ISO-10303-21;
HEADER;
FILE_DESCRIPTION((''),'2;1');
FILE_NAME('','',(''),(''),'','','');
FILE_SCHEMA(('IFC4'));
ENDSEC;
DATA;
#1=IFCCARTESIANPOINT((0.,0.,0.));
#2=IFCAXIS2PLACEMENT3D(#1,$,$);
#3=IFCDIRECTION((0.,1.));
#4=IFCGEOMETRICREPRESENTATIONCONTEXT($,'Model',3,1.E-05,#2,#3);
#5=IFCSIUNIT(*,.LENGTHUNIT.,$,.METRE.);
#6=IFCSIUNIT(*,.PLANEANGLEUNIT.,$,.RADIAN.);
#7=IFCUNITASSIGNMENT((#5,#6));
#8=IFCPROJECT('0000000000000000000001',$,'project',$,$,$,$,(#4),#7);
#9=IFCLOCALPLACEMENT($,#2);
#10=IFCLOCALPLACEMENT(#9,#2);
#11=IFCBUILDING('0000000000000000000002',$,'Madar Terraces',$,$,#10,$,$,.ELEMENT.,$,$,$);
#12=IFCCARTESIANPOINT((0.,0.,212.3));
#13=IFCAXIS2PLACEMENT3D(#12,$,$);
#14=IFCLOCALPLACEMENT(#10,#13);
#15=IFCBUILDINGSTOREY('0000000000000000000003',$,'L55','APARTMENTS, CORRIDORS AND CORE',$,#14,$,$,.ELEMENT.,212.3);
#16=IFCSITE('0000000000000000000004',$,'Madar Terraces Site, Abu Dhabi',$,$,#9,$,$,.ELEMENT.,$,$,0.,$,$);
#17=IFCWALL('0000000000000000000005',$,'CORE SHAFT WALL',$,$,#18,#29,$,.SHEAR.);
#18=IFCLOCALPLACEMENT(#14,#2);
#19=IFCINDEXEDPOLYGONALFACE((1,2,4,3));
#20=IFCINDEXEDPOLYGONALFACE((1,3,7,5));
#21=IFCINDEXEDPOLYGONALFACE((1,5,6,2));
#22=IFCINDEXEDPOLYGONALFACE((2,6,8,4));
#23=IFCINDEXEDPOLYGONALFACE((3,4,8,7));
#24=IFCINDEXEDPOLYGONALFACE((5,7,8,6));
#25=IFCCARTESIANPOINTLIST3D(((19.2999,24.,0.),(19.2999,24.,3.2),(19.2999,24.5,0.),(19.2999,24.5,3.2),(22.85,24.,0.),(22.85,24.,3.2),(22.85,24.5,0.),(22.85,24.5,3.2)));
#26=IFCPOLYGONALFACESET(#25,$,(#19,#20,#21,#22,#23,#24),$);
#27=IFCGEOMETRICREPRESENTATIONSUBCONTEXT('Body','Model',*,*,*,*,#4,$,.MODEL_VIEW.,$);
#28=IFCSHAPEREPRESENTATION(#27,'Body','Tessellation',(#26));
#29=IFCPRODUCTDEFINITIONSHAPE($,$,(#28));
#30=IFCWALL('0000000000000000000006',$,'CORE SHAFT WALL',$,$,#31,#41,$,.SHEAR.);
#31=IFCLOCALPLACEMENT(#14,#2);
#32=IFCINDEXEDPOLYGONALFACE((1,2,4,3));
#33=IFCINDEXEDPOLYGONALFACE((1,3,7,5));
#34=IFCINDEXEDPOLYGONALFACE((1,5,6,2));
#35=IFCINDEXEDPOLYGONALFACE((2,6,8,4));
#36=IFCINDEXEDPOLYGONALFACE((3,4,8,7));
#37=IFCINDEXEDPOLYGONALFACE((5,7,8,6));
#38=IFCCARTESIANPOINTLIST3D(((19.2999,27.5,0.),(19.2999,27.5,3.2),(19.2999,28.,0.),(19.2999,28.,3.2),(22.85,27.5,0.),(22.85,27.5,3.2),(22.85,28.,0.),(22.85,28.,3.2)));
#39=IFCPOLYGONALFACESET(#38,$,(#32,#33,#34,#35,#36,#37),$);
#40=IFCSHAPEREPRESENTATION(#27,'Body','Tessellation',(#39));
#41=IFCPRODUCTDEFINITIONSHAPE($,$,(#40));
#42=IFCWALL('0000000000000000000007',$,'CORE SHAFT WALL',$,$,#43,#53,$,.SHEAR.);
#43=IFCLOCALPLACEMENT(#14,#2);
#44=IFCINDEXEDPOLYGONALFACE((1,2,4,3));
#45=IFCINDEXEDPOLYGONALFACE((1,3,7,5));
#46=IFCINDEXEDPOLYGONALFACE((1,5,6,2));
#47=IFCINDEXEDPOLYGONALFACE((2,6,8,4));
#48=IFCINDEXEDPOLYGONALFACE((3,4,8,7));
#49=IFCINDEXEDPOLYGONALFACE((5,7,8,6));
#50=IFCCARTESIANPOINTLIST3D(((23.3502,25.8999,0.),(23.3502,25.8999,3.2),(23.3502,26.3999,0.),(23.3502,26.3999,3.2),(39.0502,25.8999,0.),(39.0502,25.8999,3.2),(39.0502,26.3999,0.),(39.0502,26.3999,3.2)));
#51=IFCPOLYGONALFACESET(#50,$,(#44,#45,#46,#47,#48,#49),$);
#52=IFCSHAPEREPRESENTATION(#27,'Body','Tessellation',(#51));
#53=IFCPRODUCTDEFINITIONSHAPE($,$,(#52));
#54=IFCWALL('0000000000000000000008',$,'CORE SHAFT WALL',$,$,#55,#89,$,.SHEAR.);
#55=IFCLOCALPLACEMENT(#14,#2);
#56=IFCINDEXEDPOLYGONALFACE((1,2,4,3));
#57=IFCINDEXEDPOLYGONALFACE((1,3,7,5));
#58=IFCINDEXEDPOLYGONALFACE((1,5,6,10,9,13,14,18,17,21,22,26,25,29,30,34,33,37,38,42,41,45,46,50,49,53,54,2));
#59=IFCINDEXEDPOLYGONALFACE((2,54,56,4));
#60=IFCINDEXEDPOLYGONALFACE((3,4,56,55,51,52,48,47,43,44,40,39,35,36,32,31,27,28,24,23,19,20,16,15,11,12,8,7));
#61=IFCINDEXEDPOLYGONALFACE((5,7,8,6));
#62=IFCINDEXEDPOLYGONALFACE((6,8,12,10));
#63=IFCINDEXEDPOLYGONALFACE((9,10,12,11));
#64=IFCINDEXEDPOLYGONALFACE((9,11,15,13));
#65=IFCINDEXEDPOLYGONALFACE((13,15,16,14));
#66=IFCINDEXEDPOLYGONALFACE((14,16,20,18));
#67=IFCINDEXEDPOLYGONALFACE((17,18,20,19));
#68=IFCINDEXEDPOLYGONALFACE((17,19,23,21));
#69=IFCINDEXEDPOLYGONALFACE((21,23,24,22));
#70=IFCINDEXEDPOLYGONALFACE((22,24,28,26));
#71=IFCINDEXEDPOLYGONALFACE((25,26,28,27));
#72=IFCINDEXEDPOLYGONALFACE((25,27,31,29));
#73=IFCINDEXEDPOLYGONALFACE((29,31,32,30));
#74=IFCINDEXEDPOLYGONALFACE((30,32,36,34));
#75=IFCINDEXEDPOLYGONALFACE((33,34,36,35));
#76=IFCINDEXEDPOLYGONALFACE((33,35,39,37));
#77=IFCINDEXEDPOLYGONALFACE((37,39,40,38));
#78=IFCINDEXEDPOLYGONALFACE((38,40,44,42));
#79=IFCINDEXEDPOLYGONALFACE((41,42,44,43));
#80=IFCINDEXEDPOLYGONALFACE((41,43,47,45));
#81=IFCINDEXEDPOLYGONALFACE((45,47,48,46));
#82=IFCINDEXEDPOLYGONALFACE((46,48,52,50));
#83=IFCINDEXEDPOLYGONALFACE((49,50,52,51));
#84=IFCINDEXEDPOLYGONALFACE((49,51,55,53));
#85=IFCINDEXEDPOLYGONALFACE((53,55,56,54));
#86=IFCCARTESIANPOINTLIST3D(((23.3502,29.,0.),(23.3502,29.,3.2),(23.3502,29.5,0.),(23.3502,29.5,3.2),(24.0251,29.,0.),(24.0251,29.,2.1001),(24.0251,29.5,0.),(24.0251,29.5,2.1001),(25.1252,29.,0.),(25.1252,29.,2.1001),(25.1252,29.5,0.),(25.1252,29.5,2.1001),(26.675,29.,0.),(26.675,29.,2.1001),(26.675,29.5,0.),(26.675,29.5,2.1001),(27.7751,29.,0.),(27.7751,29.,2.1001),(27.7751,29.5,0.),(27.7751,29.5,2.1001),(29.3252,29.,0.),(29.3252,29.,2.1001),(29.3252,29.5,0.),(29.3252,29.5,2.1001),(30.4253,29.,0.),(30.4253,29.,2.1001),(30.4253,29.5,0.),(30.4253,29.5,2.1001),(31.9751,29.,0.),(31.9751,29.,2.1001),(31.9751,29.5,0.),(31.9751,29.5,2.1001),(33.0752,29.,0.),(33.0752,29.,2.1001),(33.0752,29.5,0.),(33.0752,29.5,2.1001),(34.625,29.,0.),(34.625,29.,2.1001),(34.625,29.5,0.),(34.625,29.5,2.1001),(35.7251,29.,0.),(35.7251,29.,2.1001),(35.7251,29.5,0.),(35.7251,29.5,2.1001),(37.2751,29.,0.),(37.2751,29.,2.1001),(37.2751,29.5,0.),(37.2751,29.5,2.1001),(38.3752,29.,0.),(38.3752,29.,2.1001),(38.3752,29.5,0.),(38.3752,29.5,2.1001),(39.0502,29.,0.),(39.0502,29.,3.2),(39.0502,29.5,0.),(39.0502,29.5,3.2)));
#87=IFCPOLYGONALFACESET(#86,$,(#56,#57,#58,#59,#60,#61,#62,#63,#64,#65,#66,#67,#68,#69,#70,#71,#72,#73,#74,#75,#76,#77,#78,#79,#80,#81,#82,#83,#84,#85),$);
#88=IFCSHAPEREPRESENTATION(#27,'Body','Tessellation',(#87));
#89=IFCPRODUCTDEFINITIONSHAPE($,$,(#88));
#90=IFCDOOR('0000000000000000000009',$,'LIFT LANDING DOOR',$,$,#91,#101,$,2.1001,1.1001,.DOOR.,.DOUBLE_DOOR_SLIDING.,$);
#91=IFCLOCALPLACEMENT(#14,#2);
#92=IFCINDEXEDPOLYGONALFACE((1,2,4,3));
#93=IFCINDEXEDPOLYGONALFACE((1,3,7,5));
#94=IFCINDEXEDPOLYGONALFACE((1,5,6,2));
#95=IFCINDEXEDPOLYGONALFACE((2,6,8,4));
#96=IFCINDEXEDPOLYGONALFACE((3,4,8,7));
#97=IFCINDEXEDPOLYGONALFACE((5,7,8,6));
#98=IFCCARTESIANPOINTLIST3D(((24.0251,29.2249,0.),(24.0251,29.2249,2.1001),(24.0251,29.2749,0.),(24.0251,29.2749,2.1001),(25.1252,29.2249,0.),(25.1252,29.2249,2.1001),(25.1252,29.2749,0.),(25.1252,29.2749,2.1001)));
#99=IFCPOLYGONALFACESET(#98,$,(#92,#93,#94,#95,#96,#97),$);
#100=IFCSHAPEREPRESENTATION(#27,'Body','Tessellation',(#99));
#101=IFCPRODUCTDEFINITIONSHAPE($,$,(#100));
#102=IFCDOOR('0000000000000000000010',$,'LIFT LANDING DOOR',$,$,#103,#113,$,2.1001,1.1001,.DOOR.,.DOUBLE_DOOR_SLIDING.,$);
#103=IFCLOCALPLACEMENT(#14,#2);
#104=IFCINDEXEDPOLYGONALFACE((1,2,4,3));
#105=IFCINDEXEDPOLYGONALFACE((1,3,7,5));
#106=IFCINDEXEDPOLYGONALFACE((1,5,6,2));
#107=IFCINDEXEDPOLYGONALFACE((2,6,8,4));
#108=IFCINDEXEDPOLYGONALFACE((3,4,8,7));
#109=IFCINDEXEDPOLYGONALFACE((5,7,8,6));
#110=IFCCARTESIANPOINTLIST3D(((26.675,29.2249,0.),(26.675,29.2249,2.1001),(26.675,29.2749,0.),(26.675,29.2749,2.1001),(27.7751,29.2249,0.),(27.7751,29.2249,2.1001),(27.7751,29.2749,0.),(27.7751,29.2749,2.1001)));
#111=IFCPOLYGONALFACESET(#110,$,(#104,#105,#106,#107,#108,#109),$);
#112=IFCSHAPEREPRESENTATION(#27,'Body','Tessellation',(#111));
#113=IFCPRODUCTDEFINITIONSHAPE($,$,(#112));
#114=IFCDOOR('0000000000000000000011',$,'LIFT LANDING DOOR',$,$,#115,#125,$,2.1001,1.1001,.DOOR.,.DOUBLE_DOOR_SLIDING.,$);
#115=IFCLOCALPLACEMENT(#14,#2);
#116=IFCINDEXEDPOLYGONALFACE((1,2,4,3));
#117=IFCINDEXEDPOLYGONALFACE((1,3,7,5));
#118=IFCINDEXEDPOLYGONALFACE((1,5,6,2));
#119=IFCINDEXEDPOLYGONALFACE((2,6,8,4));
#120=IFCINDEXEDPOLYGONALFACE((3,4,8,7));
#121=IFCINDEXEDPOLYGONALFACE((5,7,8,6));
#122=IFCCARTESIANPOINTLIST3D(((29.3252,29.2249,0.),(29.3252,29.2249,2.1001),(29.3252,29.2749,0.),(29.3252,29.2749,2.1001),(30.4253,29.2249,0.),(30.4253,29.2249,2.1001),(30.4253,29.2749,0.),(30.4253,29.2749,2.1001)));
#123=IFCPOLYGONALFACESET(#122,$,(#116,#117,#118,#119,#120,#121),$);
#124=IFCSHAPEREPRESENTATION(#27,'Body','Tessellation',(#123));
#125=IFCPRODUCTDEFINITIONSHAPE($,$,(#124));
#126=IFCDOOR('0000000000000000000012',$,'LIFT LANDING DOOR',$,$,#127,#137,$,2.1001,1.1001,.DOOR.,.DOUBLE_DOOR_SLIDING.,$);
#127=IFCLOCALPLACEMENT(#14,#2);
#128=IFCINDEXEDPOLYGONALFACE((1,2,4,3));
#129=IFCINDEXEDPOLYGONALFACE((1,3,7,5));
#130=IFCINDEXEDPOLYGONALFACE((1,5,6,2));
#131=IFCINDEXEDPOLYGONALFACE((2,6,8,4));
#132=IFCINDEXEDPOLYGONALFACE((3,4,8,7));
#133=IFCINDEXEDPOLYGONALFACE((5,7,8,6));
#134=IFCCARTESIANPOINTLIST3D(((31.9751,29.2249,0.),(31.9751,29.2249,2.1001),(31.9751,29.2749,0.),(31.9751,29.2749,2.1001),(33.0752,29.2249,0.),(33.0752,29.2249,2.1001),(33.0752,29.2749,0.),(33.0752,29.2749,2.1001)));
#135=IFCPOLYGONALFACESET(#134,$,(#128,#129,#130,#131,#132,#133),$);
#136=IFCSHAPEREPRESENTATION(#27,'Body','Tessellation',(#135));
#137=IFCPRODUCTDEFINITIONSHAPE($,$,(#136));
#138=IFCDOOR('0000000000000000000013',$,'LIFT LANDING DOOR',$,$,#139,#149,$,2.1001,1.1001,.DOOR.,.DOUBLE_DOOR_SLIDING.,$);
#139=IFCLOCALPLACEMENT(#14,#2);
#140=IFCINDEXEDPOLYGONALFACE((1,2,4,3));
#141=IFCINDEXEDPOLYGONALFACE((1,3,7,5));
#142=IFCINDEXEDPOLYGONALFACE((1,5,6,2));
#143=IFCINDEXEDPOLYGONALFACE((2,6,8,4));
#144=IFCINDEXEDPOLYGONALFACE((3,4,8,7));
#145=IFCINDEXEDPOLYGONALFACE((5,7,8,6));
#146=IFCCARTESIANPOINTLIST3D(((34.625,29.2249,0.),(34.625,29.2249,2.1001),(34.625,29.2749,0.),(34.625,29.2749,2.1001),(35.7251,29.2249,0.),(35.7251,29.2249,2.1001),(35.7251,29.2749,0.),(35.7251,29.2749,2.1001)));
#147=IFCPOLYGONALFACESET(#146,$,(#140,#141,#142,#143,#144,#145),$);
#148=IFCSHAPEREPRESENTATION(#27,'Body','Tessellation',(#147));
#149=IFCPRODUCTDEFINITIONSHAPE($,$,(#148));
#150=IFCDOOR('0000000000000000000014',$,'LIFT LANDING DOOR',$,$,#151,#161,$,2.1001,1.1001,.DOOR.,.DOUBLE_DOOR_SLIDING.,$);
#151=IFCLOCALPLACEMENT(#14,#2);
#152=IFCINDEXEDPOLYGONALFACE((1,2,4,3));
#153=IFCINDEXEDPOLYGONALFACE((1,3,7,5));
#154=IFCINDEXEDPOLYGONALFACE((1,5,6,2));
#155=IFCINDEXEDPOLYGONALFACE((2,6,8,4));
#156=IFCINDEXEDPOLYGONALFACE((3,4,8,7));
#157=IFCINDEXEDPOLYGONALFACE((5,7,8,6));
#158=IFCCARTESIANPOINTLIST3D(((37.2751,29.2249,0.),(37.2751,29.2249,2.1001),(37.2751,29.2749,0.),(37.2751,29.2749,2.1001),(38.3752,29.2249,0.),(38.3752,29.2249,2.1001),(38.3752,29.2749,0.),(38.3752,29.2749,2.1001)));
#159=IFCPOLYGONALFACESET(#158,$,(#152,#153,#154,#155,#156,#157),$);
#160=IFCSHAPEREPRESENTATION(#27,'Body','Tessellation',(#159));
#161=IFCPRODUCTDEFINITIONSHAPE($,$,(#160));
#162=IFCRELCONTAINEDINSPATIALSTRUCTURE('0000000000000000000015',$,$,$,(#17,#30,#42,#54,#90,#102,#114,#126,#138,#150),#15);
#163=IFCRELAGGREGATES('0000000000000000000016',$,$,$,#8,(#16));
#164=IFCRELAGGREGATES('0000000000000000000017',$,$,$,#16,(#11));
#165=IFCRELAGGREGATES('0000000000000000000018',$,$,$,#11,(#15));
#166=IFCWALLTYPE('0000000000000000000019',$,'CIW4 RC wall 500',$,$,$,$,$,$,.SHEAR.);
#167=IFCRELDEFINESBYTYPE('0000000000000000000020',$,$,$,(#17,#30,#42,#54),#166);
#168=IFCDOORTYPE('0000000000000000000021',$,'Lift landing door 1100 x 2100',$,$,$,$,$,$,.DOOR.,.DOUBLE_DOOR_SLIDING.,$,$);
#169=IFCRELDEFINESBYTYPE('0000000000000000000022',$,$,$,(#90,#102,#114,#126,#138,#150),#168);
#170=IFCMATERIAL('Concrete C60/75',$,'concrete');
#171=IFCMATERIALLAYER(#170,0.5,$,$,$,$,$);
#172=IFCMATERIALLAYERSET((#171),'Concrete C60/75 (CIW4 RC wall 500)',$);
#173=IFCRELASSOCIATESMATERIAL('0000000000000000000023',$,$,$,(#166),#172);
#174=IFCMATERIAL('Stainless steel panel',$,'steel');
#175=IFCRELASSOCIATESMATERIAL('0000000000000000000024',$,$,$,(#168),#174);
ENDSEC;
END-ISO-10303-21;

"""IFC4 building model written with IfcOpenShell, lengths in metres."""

from ifc_helpers import new_model, si_unit, direction, frame, frame_2d, origin, place, context, subcontext, project, spatial, rectangle, extrude, material, layer, layer_set, type_object, element, fill, save


model = new_model("IFC4")

# Units and contexts
model_context = context("Model", 3, precision=1e-05, world=origin(), true_north=direction((0.0, 1.0)))
body_context = subcontext(model_context, "Body", "Model", "MODEL_VIEW")
ifc_project = project(units=[si_unit("LENGTHUNIT", "METRE"), si_unit("PLANEANGLEUNIT", "RADIAN")], contexts=[model_context])

# Site, building, storey
site_placement = place(None, origin())
site = spatial("IfcSite", under=ifc_project, at=site_placement, Name="Madar Terraces Site, Abu Dhabi", CompositionType="ELEMENT", RefElevation=0.0)
building_placement = place(site_placement, origin())
building = spatial("IfcBuilding", under=site, at=building_placement, Name="Madar Terraces", CompositionType="ELEMENT")
storey_placement = place(building_placement, frame((0.0, 0.0, 212.3)))
storey = spatial("IfcBuildingStorey", under=building, at=storey_placement, Name="L55", Description="APARTMENTS, CORRIDORS AND CORE", CompositionType="ELEMENT", Elevation=212.3)

# Walls
ifc_material_1 = material(Name="Concrete C60/75", Category="concrete")
ifc_layer_1 = layer(ifc_material_1, 0.5)
ifc_layer_set_1 = layer_set([ifc_layer_1], Name="Concrete C60/75 (CIW4 RC wall 500)")
wall_type_1 = type_object("IfcWallType", Name="CIW4 RC wall 500", PredefinedType="SHEAR", material=ifc_layer_set_1)
for number, where, z_axis, x_axis, name in (
    (1, (19.3, 24.25, 0.0), (0.0, 0.0, 1.0), (1.0, 0.0, 0.0), "CORE SHAFT WALL"),
    (2, (19.3, 27.75, 0.0), (0.0, 0.0, 1.0), (1.0, 0.0, 0.0), "CORE SHAFT WALL"),
):
    element("IfcWall", number, at=place(storey_placement, frame(where, z_axis=z_axis, x_axis=x_axis)), inside=storey, type_object=wall_type_1, Name=name, PredefinedType="SHEAR", context=body_context, shape_type="SweptSolid", body=[
        extrude(rectangle(XDim=3.55, YDim=0.5, at=frame_2d((1.7749, 0.0))), origin(), (0.0, 0.0, 1.0), 3.2),
    ])
wall_1_placement = place(storey_placement, frame((23.3501, 26.1499, 0.0), z_axis=(0.0, 0.0, 1.0), x_axis=(1.0, 0.0, 0.0)))
element("IfcWall", 3, at=wall_1_placement, inside=storey, type_object=wall_type_1, Name="CORE SHAFT WALL", PredefinedType="SHEAR", context=body_context, shape_type="SweptSolid", body=[
    extrude(rectangle(XDim=15.7, YDim=0.5, at=frame_2d((7.8501, 0.0))), origin(), (0.0, 0.0, 1.0), 3.2),
])

# Wall, openings, doors
wall_2_placement = place(storey_placement, frame((23.3501, 29.25, 0.0), z_axis=(0.0, 0.0, 1.0), x_axis=(1.0, 0.0, 0.0)))
wall_2 = element("IfcWall", 4, at=wall_2_placement, inside=storey, type_object=wall_type_1, Name="CORE SHAFT WALL", PredefinedType="SHEAR", context=body_context, shape_type="SweptSolid", body=[
    extrude(rectangle(XDim=15.7, YDim=0.5, at=frame_2d((7.8501, 0.0))), origin(), (0.0, 0.0, 1.0), 3.2),
])
opening_1_placement = place(wall_2_placement, frame((0.675, 0.0, 0.0)))
opening_1 = element("IfcOpeningElement", 5, at=opening_1_placement, cuts=wall_2, PredefinedType="OPENING", context=body_context, shape_type="SweptSolid", body=[
    extrude(rectangle(XDim=1.1001, YDim=2.1001, at=frame_2d((0.55, 1.05))), frame((0.0, 0.26, 0.0), z_axis=(0.0, -1.0, 0.0), x_axis=(1.0, 0.0, 0.0)), (0.0, 0.0, 1.0), 0.52),
])
opening_2_placement = place(wall_2_placement, frame((3.325, 0.0, 0.0)))
opening_2 = element("IfcOpeningElement", 6, at=opening_2_placement, cuts=wall_2, PredefinedType="OPENING", context=body_context, shape_type="SweptSolid", body=[
    extrude(rectangle(XDim=1.1001, YDim=2.1001, at=frame_2d((0.55, 1.05))), frame((0.0, 0.26, 0.0), z_axis=(0.0, -1.0, 0.0), x_axis=(1.0, 0.0, 0.0)), (0.0, 0.0, 1.0), 0.52),
])
opening_3_placement = place(wall_2_placement, frame((5.9751, 0.0, 0.0)))
opening_3 = element("IfcOpeningElement", 7, at=opening_3_placement, cuts=wall_2, PredefinedType="OPENING", context=body_context, shape_type="SweptSolid", body=[
    extrude(rectangle(XDim=1.1001, YDim=2.1001, at=frame_2d((0.55, 1.05))), frame((0.0, 0.26, 0.0), z_axis=(0.0, -1.0, 0.0), x_axis=(1.0, 0.0, 0.0)), (0.0, 0.0, 1.0), 0.52),
])
opening_4_placement = place(wall_2_placement, frame((8.625, 0.0, 0.0)))
opening_4 = element("IfcOpeningElement", 8, at=opening_4_placement, cuts=wall_2, PredefinedType="OPENING", context=body_context, shape_type="SweptSolid", body=[
    extrude(rectangle(XDim=1.1001, YDim=2.1001, at=frame_2d((0.55, 1.05))), frame((0.0, 0.26, 0.0), z_axis=(0.0, -1.0, 0.0), x_axis=(1.0, 0.0, 0.0)), (0.0, 0.0, 1.0), 0.52),
])
opening_5_placement = place(wall_2_placement, frame((11.2749, 0.0, 0.0)))
opening_5 = element("IfcOpeningElement", 9, at=opening_5_placement, cuts=wall_2, PredefinedType="OPENING", context=body_context, shape_type="SweptSolid", body=[
    extrude(rectangle(XDim=1.1001, YDim=2.1001, at=frame_2d((0.55, 1.05))), frame((0.0, 0.26, 0.0), z_axis=(0.0, -1.0, 0.0), x_axis=(1.0, 0.0, 0.0)), (0.0, 0.0, 1.0), 0.52),
])
opening_6_placement = place(wall_2_placement, frame((13.925, 0.0, 0.0)))
opening_6 = element("IfcOpeningElement", 10, at=opening_6_placement, cuts=wall_2, PredefinedType="OPENING", context=body_context, shape_type="SweptSolid", body=[
    extrude(rectangle(XDim=1.1001, YDim=2.1001, at=frame_2d((0.55, 1.05))), frame((0.0, 0.26, 0.0), z_axis=(0.0, -1.0, 0.0), x_axis=(1.0, 0.0, 0.0)), (0.0, 0.0, 1.0), 0.52),
])
ifc_material_2 = material(Name="Stainless steel panel", Category="steel")
door_type_1 = type_object("IfcDoorType", Name="Lift landing door 1100 x 2100", OperationType="DOUBLE_DOOR_SLIDING", PredefinedType="DOOR", material=ifc_material_2)
door_1_placement = place(opening_1_placement, origin())
door_1 = element("IfcDoor", 11, at=door_1_placement, inside=storey, type_object=door_type_1, Name="LIFT LANDING DOOR", OperationType="DOUBLE_DOOR_SLIDING", OverallHeight=2.1001, OverallWidth=1.1001, PredefinedType="DOOR", context=body_context, shape_type="SweptSolid", body=[
    extrude(rectangle(XDim=1.1001, YDim=2.1001, at=frame_2d((0.55, 1.05))), frame((0.0, 0.0249, 0.0), z_axis=(0.0, -1.0, 0.0), x_axis=(1.0, 0.0, 0.0)), (0.0, 0.0, 1.0), 0.05),
])
fill(opening_1, door_1)
door_2_placement = place(opening_2_placement, origin())
door_2 = element("IfcDoor", 12, at=door_2_placement, inside=storey, type_object=door_type_1, Name="LIFT LANDING DOOR", OperationType="DOUBLE_DOOR_SLIDING", OverallHeight=2.1001, OverallWidth=1.1001, PredefinedType="DOOR", context=body_context, shape_type="SweptSolid", body=[
    extrude(rectangle(XDim=1.1001, YDim=2.1001, at=frame_2d((0.55, 1.05))), frame((0.0, 0.0249, 0.0), z_axis=(0.0, -1.0, 0.0), x_axis=(1.0, 0.0, 0.0)), (0.0, 0.0, 1.0), 0.05),
])
fill(opening_2, door_2)
door_3_placement = place(opening_3_placement, origin())
door_3 = element("IfcDoor", 13, at=door_3_placement, inside=storey, type_object=door_type_1, Name="LIFT LANDING DOOR", OperationType="DOUBLE_DOOR_SLIDING", OverallHeight=2.1001, OverallWidth=1.1001, PredefinedType="DOOR", context=body_context, shape_type="SweptSolid", body=[
    extrude(rectangle(XDim=1.1001, YDim=2.1001, at=frame_2d((0.55, 1.05))), frame((0.0, 0.0249, 0.0), z_axis=(0.0, -1.0, 0.0), x_axis=(1.0, 0.0, 0.0)), (0.0, 0.0, 1.0), 0.05),
])
fill(opening_3, door_3)
door_4_placement = place(opening_4_placement, origin())
door_4 = element("IfcDoor", 14, at=door_4_placement, inside=storey, type_object=door_type_1, Name="LIFT LANDING DOOR", OperationType="DOUBLE_DOOR_SLIDING", OverallHeight=2.1001, OverallWidth=1.1001, PredefinedType="DOOR", context=body_context, shape_type="SweptSolid", body=[
    extrude(rectangle(XDim=1.1001, YDim=2.1001, at=frame_2d((0.55, 1.05))), frame((0.0, 0.0249, 0.0), z_axis=(0.0, -1.0, 0.0), x_axis=(1.0, 0.0, 0.0)), (0.0, 0.0, 1.0), 0.05),
])
fill(opening_4, door_4)
door_5_placement = place(opening_5_placement, origin())
door_5 = element("IfcDoor", 15, at=door_5_placement, inside=storey, type_object=door_type_1, Name="LIFT LANDING DOOR", OperationType="DOUBLE_DOOR_SLIDING", OverallHeight=2.1001, OverallWidth=1.1001, PredefinedType="DOOR", context=body_context, shape_type="SweptSolid", body=[
    extrude(rectangle(XDim=1.1001, YDim=2.1001, at=frame_2d((0.55, 1.05))), frame((0.0, 0.0249, 0.0), z_axis=(0.0, -1.0, 0.0), x_axis=(1.0, 0.0, 0.0)), (0.0, 0.0, 1.0), 0.05),
])
fill(opening_5, door_5)
door_6_placement = place(opening_6_placement, origin())
door_6 = element("IfcDoor", 16, at=door_6_placement, inside=storey, type_object=door_type_1, Name="LIFT LANDING DOOR", OperationType="DOUBLE_DOOR_SLIDING", OverallHeight=2.1001, OverallWidth=1.1001, PredefinedType="DOOR", context=body_context, shape_type="SweptSolid", body=[
    extrude(rectangle(XDim=1.1001, YDim=2.1001, at=frame_2d((0.55, 1.05))), frame((0.0, 0.0249, 0.0), z_axis=(0.0, -1.0, 0.0), x_axis=(1.0, 0.0, 0.0)), (0.0, 0.0, 1.0), 0.05),
])
fill(opening_6, door_6)

save(model, "model.ifc")
